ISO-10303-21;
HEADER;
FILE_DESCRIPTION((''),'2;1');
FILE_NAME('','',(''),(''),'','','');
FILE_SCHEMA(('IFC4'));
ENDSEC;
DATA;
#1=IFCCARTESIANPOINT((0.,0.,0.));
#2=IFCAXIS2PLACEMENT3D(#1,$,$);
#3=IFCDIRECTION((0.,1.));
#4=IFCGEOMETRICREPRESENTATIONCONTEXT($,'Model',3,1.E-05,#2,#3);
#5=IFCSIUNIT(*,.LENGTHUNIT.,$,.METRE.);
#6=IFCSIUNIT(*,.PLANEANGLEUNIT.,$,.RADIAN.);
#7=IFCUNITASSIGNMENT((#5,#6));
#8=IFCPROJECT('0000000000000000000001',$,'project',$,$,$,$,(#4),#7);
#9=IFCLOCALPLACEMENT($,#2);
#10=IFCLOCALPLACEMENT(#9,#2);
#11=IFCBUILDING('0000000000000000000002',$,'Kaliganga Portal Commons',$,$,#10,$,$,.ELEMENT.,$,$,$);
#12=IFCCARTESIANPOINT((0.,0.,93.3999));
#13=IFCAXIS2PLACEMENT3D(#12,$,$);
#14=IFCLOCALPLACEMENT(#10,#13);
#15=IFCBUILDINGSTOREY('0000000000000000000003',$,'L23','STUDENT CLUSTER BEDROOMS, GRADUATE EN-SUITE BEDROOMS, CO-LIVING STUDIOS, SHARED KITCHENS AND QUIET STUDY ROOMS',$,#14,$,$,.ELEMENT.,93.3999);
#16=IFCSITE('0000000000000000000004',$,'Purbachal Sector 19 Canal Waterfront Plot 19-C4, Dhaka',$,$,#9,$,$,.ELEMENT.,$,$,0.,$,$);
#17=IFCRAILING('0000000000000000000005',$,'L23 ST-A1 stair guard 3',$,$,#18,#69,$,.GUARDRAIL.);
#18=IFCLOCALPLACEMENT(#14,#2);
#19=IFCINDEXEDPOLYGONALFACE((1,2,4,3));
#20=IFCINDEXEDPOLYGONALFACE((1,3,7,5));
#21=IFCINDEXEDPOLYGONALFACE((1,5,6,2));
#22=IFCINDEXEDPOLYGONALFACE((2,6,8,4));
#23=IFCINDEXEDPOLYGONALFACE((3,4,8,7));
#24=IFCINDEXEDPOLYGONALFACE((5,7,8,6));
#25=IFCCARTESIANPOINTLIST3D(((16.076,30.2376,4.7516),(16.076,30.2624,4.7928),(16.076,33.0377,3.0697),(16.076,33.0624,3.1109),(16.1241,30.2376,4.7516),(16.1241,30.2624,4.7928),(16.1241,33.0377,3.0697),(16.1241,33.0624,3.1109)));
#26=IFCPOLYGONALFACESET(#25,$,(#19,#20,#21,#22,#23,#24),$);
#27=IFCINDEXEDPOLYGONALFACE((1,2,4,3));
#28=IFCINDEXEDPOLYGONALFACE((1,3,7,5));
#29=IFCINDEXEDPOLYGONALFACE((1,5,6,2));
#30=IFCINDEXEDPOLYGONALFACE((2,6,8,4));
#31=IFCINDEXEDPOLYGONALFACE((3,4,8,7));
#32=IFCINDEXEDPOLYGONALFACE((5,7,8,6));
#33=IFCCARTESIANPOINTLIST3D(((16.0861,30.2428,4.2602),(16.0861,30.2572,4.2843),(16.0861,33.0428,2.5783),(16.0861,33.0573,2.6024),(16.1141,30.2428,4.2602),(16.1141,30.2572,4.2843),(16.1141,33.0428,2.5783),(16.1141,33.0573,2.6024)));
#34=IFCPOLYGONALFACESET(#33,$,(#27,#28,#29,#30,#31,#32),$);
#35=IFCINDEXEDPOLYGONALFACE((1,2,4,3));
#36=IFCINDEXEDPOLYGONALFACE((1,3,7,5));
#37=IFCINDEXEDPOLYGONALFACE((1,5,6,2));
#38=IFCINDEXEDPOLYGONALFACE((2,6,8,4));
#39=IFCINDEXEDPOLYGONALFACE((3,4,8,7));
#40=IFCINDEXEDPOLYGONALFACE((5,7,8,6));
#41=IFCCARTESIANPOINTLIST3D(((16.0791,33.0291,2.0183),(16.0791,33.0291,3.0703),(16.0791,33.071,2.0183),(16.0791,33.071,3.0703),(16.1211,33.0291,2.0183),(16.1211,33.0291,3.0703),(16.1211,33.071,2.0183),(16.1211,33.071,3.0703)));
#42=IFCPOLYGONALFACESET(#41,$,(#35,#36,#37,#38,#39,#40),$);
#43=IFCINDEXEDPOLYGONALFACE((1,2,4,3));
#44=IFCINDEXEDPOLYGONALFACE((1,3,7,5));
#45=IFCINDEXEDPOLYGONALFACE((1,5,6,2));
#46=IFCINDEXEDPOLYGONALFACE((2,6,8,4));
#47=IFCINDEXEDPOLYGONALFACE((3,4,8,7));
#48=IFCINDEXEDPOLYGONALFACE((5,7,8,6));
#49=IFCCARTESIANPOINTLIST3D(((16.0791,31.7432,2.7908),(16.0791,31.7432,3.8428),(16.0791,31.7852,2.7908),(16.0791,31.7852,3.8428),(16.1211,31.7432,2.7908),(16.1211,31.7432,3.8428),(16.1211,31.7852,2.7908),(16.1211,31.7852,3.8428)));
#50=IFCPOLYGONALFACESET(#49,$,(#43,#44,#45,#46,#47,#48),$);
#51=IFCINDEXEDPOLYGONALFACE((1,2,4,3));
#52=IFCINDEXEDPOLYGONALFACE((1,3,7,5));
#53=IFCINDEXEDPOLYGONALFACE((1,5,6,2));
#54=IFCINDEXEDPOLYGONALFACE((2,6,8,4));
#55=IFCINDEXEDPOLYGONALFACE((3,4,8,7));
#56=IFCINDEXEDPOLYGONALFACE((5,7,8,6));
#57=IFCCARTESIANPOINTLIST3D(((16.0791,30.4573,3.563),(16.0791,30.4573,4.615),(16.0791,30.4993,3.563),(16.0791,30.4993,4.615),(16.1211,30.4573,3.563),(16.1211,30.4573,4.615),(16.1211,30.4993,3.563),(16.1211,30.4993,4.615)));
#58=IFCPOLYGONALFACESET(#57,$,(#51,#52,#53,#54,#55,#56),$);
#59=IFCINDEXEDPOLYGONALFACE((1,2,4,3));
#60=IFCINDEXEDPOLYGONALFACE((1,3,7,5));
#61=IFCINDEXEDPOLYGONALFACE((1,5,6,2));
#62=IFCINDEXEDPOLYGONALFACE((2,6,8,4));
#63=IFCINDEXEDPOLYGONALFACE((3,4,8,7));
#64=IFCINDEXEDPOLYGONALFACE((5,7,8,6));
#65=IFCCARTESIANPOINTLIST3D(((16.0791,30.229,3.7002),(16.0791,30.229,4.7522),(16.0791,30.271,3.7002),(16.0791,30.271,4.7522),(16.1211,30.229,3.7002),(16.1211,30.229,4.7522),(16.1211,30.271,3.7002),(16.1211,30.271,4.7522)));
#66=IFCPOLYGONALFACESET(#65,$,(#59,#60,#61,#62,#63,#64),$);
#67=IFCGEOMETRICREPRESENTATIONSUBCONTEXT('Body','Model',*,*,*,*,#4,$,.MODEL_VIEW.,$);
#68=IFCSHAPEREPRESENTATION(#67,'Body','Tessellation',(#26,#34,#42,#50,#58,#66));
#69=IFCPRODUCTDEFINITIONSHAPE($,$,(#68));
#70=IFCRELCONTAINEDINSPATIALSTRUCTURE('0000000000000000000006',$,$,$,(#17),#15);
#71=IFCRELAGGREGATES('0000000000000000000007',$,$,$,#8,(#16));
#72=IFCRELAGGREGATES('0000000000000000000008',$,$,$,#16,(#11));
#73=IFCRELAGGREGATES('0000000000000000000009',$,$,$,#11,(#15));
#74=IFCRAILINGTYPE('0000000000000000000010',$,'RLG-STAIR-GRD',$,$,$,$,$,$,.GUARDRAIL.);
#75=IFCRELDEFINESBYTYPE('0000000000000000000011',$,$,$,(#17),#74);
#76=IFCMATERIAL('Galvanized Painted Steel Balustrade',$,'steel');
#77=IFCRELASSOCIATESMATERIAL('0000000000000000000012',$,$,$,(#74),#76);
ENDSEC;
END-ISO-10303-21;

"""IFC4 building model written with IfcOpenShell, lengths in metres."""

from ifc_helpers import new_model, si_unit, direction, frame, origin, origin_2d, place, context, subcontext, project, spatial, rectangle, extrude, material, type_object, element, save


model = new_model("IFC4")

# Units and contexts
model_context = context("Model", 3, precision=1e-05, world=origin(), true_north=direction((0.0, 1.0)))
body_context = subcontext(model_context, "Body", "Model", "MODEL_VIEW")
ifc_project = project(units=[si_unit("LENGTHUNIT", "METRE"), si_unit("PLANEANGLEUNIT", "RADIAN")], contexts=[model_context])

# Site, building, storey
site_placement = place(None, origin())
site = spatial("IfcSite", under=ifc_project, at=site_placement, Name="Purbachal Sector 19 Canal Waterfront Plot 19-C4, Dhaka", CompositionType="ELEMENT", RefElevation=0.0)
building_placement = place(site_placement, origin())
building = spatial("IfcBuilding", under=site, at=building_placement, Name="Kaliganga Portal Commons", CompositionType="ELEMENT")
storey_placement = place(building_placement, frame((0.0, 0.0, 93.3999)))
storey = spatial("IfcBuildingStorey", under=building, at=storey_placement, Name="L23", Description="STUDENT CLUSTER BEDROOMS, GRADUATE EN-SUITE BEDROOMS, CO-LIVING STUDIOS, SHARED KITCHENS AND QUIET STUDY ROOMS", CompositionType="ELEMENT", Elevation=93.3999)

# Railing
ifc_material_1 = material(Name="Galvanized Painted Steel Balustrade", Category="steel")
railing_type = type_object("IfcRailingType", Name="RLG-STAIR-GRD", PredefinedType="GUARDRAIL", material=ifc_material_1)
railing_1_placement = place(storey_placement, frame((16.1001, 33.05, 2.0183)))
element("IfcRailing", 1, at=railing_1_placement, inside=storey, type_object=railing_type, Name="L23 ST-A1 stair guard 3", PredefinedType="GUARDRAIL", context=body_context, shape_type="SweptSolid", body=[
    extrude(rectangle(XDim=0.0481, YDim=0.0481, at=origin_2d()), frame((0.0, 0.0, 1.072), z_axis=(0.0, -0.857242, 0.514913), x_axis=(1.0, 0.0, 0.0)), (0.0, 0.0, 1.0), 3.2664),
    extrude(rectangle(XDim=0.0281, YDim=0.0281, at=origin_2d()), frame((0.0, 0.0, 0.572), z_axis=(0.0, -0.857242, 0.514913), x_axis=(1.0, 0.0, 0.0)), (0.0, 0.0, 1.0), 3.2664),
    extrude(rectangle(XDim=0.042, YDim=0.042, at=origin_2d()), origin(), (0.0, 0.0, 1.0), 1.052),
    extrude(rectangle(XDim=0.042, YDim=0.042, at=origin_2d()), frame((0.0, -1.2859, 0.7725)), (0.0, 0.0, 1.0), 1.052),
    extrude(rectangle(XDim=0.042, YDim=0.042, at=origin_2d()), frame((0.0, -2.5718, 1.5447)), (0.0, 0.0, 1.0), 1.052),
    extrude(rectangle(XDim=0.042, YDim=0.042, at=origin_2d()), frame((0.0, -2.8, 1.6819)), (0.0, 0.0, 1.0), 1.052),
])

save(model, "model.ifc")
